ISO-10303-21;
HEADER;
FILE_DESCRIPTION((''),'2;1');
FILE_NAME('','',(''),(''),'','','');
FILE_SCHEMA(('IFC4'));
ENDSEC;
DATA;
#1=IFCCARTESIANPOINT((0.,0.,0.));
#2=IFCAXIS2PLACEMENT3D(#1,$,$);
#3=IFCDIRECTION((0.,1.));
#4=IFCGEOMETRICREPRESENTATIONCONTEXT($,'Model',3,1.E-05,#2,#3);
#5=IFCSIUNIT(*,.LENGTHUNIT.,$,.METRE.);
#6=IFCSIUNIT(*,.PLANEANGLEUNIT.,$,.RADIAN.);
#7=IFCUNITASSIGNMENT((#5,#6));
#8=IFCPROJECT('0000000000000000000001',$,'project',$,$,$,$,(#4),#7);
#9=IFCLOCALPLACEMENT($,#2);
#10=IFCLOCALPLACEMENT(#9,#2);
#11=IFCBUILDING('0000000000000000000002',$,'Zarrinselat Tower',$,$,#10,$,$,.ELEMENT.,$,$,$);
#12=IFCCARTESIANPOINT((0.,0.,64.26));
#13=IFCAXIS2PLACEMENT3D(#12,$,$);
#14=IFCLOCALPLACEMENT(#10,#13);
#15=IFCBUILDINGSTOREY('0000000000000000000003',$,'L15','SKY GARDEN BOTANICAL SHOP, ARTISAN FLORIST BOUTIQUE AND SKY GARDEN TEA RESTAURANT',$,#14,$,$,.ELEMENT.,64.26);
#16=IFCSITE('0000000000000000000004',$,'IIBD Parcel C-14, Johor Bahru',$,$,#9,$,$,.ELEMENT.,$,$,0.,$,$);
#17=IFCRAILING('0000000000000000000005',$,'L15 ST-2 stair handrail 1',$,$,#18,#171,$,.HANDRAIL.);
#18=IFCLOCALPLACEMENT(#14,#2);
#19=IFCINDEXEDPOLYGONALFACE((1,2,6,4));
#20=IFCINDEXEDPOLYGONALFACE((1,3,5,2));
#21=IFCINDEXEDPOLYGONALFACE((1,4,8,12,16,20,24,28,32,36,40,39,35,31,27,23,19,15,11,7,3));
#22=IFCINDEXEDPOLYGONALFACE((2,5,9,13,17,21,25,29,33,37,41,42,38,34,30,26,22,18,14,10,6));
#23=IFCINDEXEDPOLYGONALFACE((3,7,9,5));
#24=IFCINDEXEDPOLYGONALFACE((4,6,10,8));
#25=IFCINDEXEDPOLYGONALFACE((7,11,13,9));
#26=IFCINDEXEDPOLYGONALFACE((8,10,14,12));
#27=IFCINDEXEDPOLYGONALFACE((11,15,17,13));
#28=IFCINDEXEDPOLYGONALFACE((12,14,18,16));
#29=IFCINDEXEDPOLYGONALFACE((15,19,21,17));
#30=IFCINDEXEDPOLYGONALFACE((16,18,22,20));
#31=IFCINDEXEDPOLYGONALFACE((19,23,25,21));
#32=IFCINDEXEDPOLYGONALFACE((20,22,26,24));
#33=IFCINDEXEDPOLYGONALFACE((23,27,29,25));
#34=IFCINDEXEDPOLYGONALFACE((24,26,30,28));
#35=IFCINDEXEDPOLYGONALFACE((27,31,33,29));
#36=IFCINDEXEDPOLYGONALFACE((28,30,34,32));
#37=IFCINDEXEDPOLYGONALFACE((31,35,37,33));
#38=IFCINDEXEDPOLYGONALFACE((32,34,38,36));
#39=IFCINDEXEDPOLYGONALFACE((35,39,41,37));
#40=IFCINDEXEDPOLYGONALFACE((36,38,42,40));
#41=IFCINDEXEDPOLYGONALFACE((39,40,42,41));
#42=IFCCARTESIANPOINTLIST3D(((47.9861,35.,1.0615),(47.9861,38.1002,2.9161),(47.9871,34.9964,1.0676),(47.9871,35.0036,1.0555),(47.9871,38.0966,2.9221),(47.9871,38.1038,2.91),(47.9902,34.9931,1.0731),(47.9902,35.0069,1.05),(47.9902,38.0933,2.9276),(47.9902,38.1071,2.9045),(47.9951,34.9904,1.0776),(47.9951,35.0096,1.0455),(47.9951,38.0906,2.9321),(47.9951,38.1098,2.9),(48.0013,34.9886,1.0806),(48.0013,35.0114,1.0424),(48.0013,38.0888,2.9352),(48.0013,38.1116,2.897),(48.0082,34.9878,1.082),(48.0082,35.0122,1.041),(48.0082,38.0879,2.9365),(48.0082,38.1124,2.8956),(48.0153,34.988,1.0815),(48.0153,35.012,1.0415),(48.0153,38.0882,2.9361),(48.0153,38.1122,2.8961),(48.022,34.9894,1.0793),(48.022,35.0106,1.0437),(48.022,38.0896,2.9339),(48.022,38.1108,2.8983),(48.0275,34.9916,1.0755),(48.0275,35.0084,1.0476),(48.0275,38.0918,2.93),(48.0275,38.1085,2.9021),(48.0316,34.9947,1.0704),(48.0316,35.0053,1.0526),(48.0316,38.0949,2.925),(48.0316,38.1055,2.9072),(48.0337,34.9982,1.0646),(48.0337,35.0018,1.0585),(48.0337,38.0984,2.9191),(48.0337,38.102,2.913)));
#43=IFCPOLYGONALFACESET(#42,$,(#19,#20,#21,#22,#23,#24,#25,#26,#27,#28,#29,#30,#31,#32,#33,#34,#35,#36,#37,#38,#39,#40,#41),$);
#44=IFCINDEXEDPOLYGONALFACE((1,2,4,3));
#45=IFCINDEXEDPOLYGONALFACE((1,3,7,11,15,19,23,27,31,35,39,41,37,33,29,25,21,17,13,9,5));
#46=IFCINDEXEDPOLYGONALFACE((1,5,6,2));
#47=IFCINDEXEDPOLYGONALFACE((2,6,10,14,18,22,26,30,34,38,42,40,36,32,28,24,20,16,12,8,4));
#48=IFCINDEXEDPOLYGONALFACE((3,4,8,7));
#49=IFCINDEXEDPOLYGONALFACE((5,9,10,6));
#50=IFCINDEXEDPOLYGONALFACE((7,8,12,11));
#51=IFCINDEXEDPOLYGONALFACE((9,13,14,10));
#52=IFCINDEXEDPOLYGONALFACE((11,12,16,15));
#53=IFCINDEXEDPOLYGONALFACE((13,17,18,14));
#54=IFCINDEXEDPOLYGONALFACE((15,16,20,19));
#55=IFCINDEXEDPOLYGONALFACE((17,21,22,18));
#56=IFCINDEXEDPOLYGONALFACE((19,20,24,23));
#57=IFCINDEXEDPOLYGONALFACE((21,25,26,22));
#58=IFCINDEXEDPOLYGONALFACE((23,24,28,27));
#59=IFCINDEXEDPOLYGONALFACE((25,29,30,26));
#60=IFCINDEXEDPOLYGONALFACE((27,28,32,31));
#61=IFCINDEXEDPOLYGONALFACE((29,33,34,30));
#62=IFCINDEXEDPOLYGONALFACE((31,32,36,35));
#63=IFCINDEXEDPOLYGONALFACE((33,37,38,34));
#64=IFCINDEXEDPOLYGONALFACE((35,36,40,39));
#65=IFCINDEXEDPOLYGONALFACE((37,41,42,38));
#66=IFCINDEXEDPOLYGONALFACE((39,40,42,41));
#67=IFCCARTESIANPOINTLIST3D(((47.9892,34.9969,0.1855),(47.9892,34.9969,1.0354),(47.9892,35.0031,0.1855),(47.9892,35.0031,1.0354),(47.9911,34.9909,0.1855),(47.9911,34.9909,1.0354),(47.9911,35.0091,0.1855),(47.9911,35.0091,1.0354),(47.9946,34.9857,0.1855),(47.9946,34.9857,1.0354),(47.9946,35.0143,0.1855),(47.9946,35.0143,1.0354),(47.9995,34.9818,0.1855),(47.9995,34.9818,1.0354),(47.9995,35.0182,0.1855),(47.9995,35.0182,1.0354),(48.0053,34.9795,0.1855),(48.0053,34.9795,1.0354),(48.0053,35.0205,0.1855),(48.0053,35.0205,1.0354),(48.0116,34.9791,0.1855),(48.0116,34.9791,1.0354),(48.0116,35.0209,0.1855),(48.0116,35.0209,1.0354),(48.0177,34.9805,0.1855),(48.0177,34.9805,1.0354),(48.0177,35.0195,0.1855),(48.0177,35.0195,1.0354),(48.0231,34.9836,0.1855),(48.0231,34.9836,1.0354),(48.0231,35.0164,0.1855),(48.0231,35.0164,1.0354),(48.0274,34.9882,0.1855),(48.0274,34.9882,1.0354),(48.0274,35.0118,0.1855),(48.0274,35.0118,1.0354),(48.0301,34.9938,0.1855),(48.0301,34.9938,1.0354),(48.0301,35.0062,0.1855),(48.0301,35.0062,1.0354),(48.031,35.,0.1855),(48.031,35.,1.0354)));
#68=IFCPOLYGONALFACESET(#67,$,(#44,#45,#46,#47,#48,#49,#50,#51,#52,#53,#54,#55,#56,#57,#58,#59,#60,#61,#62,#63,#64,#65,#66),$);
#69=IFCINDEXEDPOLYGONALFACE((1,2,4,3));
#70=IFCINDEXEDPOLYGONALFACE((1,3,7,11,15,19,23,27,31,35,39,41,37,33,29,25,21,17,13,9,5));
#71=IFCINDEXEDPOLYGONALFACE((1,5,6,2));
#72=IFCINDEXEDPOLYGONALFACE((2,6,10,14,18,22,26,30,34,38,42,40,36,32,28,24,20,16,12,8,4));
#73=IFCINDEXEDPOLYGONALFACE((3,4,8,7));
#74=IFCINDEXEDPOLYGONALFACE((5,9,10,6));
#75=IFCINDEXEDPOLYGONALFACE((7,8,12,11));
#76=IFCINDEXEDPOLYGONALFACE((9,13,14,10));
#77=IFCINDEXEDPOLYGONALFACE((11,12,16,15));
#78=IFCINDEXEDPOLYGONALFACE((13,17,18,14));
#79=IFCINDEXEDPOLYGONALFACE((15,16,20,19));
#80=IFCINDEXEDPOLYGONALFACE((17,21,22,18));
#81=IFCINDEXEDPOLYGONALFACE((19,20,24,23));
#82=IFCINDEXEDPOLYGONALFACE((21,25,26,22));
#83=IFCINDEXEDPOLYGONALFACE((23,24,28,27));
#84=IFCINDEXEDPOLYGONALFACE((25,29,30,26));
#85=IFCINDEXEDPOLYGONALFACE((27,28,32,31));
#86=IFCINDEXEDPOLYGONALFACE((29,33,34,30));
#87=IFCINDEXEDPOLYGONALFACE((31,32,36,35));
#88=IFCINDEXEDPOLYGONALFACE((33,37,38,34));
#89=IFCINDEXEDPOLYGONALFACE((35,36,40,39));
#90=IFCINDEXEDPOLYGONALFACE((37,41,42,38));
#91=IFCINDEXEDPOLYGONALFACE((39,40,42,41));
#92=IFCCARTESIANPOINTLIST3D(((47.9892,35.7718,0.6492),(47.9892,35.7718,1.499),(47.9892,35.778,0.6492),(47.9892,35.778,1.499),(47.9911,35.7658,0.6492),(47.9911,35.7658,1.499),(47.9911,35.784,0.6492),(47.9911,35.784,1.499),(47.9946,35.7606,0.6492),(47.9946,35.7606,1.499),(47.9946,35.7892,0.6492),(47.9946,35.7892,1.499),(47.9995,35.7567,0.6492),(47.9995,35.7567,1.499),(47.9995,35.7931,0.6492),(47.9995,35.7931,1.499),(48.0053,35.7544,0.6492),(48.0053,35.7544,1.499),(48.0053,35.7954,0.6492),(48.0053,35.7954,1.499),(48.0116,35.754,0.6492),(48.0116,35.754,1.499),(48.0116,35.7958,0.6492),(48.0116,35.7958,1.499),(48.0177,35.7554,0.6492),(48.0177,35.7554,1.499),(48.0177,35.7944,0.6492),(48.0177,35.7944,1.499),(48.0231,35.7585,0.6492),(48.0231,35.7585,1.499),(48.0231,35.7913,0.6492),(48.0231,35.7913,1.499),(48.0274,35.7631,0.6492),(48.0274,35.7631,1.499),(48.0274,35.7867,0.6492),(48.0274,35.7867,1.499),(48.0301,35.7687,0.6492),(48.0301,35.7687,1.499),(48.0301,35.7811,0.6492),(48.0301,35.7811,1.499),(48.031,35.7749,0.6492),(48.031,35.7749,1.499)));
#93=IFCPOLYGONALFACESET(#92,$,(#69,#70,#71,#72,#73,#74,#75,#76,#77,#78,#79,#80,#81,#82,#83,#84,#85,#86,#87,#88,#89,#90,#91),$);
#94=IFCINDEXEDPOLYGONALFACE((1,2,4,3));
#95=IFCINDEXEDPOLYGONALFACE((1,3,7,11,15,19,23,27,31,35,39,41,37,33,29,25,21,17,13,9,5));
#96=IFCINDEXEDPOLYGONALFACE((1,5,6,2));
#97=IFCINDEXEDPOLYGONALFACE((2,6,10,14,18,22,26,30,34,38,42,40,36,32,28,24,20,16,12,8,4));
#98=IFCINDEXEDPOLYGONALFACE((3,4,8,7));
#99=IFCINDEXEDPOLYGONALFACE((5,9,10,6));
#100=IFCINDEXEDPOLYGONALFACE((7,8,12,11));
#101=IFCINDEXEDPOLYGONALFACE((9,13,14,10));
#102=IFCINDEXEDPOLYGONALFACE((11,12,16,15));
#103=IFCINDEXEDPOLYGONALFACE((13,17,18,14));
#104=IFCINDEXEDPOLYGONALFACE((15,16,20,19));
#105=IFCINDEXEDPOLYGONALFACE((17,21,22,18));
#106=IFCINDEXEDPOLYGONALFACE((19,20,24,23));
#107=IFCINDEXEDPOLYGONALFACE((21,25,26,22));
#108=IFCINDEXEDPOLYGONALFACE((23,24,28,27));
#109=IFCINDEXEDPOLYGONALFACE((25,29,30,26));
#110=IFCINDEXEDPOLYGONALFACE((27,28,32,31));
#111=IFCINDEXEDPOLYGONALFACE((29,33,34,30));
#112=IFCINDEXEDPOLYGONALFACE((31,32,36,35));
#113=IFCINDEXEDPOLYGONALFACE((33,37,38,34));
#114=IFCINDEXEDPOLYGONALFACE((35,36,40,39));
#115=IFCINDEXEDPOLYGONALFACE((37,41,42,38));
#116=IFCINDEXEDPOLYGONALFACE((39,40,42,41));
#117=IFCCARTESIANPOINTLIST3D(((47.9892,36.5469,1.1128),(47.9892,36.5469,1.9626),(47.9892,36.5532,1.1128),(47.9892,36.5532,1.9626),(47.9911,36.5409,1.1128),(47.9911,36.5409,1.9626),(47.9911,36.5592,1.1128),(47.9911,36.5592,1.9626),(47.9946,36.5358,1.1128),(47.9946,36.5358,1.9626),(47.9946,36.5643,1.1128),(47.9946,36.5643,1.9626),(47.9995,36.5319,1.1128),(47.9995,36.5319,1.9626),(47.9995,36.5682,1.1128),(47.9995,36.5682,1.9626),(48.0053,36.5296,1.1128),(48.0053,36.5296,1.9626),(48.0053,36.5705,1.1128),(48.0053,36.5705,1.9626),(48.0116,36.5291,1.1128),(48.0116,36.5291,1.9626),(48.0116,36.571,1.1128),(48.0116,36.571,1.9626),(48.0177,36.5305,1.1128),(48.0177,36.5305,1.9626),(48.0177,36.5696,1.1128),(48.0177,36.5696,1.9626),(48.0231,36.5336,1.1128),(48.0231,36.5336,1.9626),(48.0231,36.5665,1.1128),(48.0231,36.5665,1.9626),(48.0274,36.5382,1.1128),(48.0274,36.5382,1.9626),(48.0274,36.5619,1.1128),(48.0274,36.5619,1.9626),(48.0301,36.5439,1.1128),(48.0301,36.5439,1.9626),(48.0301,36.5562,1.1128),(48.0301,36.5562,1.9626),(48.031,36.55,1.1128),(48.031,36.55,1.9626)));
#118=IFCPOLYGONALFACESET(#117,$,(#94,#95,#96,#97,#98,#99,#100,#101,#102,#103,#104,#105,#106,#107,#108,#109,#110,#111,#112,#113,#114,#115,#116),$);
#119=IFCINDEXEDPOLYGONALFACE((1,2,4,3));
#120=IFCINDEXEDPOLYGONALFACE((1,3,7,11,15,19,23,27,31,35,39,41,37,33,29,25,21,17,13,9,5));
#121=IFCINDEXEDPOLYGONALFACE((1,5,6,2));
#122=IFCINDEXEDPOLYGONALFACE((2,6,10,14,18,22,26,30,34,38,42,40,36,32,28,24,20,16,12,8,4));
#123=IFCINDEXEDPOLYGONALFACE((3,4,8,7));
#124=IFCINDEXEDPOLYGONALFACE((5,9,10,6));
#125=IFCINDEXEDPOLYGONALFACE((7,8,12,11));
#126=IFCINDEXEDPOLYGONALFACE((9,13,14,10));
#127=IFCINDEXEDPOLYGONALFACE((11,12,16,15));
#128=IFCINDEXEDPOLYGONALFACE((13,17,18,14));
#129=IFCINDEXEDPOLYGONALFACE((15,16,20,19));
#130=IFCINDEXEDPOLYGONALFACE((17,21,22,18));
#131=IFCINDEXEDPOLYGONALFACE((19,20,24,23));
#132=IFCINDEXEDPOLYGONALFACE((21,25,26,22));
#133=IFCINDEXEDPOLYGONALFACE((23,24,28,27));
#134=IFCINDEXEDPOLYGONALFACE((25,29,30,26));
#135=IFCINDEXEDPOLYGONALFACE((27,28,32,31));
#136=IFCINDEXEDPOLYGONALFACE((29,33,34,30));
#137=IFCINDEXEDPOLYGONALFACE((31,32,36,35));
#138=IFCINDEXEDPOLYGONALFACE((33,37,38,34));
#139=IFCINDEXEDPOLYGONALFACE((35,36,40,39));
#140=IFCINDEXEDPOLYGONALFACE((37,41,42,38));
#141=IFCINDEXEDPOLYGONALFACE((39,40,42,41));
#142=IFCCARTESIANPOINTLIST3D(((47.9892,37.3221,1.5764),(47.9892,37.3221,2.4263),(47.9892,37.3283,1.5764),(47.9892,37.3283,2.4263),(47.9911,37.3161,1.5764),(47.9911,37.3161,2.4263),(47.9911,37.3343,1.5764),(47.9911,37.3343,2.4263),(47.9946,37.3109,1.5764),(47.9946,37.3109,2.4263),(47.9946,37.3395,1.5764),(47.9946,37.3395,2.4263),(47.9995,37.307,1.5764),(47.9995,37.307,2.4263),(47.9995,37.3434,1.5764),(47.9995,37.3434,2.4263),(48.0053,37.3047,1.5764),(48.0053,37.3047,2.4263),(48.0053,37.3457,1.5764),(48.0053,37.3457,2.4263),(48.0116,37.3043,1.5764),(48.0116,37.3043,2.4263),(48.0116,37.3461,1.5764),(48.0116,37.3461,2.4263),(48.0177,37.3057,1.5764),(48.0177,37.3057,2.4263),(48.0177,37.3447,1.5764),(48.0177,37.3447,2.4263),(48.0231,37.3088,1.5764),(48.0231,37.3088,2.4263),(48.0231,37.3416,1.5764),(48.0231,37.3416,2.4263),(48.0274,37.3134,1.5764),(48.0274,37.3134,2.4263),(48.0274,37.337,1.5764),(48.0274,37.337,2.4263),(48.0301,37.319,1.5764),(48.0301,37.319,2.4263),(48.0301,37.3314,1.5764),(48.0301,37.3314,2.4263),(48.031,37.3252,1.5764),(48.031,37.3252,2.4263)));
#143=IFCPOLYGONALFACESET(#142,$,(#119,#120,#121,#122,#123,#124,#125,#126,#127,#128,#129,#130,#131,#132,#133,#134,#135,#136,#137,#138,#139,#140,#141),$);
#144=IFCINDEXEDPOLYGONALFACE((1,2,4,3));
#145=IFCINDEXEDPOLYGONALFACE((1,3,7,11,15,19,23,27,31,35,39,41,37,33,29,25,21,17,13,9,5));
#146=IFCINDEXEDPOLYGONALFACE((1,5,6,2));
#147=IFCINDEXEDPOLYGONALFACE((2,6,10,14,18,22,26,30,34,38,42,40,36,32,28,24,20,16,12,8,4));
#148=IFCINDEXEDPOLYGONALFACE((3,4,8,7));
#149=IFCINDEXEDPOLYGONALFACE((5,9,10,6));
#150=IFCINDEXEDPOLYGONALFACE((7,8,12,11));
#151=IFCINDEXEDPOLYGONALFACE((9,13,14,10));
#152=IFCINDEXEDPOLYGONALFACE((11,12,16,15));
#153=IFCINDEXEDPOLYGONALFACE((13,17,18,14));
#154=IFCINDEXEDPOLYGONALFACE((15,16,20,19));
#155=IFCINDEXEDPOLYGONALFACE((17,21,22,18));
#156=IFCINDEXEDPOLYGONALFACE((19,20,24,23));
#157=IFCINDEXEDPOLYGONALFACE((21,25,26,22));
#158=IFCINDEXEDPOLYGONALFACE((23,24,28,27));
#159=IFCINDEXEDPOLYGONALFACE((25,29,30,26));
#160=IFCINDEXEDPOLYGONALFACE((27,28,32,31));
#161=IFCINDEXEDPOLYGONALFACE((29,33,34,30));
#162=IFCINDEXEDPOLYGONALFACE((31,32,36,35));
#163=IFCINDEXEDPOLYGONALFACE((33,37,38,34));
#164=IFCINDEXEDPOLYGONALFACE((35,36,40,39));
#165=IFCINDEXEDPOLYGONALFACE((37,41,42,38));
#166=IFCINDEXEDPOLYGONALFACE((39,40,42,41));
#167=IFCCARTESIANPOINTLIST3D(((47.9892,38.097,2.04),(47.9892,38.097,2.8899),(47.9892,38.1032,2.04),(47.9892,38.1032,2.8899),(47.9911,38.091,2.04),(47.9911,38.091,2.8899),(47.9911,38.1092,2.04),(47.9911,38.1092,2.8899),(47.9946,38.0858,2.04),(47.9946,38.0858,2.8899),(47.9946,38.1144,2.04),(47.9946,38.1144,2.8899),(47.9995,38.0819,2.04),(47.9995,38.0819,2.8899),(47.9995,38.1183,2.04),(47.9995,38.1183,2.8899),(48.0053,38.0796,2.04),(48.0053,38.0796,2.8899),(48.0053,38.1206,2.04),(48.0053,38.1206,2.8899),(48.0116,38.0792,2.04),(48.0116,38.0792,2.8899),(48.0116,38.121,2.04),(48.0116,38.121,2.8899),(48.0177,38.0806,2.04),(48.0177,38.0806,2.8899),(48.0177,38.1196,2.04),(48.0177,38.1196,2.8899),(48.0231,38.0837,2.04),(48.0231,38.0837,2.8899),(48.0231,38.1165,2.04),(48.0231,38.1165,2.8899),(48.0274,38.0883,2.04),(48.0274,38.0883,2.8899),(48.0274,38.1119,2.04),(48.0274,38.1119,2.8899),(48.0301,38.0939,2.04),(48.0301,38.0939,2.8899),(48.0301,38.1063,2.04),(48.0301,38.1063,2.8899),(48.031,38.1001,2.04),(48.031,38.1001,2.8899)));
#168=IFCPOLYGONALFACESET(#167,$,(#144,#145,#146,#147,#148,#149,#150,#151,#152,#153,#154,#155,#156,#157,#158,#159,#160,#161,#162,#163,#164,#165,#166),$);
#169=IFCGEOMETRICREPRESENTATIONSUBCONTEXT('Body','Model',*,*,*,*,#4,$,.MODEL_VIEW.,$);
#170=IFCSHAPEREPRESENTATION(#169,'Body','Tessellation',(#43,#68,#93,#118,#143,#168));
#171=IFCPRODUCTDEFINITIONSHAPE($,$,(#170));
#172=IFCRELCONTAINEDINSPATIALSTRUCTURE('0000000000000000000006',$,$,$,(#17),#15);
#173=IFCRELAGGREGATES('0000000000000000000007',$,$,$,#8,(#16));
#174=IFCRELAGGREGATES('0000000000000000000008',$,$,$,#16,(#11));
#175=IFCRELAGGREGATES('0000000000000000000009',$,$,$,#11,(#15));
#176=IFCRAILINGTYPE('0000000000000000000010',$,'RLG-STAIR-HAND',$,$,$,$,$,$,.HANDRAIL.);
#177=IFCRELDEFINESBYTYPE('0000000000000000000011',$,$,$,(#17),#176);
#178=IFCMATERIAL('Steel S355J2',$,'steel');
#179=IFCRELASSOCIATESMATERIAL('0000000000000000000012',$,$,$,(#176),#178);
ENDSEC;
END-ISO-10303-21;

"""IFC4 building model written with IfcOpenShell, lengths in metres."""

from ifc_helpers import new_model, si_unit, direction, frame, origin, origin_2d, place, context, subcontext, project, spatial, circle, extrude, material, type_object, element, save


model = new_model("IFC4")

# Units and contexts
model_context = context("Model", 3, precision=1e-05, world=origin(), true_north=direction((0.0, 1.0)))
body_context = subcontext(model_context, "Body", "Model", "MODEL_VIEW")
ifc_project = project(units=[si_unit("LENGTHUNIT", "METRE"), si_unit("PLANEANGLEUNIT", "RADIAN")], contexts=[model_context])

# Site, building, storey
site_placement = place(None, origin())
site = spatial("IfcSite", under=ifc_project, at=site_placement, Name="IIBD Parcel C-14, Johor Bahru", CompositionType="ELEMENT", RefElevation=0.0)
building_placement = place(site_placement, origin())
building = spatial("IfcBuilding", under=site, at=building_placement, Name="Zarrinselat Tower", CompositionType="ELEMENT")
storey_placement = place(building_placement, frame((0.0, 0.0, 64.26)))
storey = spatial("IfcBuildingStorey", under=building, at=storey_placement, Name="L15", Description="SKY GARDEN BOTANICAL SHOP, ARTISAN FLORIST BOUTIQUE AND SKY GARDEN TEA RESTAURANT", CompositionType="ELEMENT", Elevation=64.26)

# Railing
ifc_material_1 = material(Name="Steel S355J2", Category="steel")
railing_type_1 = type_object("IfcRailingType", Name="RLG-STAIR-HAND", PredefinedType="HANDRAIL", material=ifc_material_1)
railing_1_placement = place(storey_placement, frame((48.01, 35.0, 0.1855)))
element("IfcRailing", 1, at=railing_1_placement, inside=storey, type_object=railing_type_1, Name="L15 ST-2 stair handrail 1", PredefinedType="HANDRAIL", context=body_context, shape_type="SweptSolid", body=[
    extrude(circle(Radius=0.0239, at=origin_2d()), frame((0.0, 0.0, 0.876), z_axis=(0.0, 0.858172, 0.513362), x_axis=(-1.0, 0.0, 0.0)), (0.0, 0.0, 1.0), 3.6125),
    extrude(circle(Radius=0.021, at=origin_2d()), origin(), (0.0, 0.0, 1.0), 0.8499),
    extrude(circle(Radius=0.021, at=origin_2d()), frame((0.0, 0.7749, 0.4636)), (0.0, 0.0, 1.0), 0.8499),
    extrude(circle(Radius=0.021, at=origin_2d()), frame((0.0, 1.55, 0.9272)), (0.0, 0.0, 1.0), 0.8499),
    extrude(circle(Radius=0.021, at=origin_2d()), frame((0.0, 2.3252, 1.3909)), (0.0, 0.0, 1.0), 0.8499),
    extrude(circle(Radius=0.021, at=origin_2d()), frame((0.0, 3.1001, 1.8545)), (0.0, 0.0, 1.0), 0.8499),
])

save(model, "model.ifc")
